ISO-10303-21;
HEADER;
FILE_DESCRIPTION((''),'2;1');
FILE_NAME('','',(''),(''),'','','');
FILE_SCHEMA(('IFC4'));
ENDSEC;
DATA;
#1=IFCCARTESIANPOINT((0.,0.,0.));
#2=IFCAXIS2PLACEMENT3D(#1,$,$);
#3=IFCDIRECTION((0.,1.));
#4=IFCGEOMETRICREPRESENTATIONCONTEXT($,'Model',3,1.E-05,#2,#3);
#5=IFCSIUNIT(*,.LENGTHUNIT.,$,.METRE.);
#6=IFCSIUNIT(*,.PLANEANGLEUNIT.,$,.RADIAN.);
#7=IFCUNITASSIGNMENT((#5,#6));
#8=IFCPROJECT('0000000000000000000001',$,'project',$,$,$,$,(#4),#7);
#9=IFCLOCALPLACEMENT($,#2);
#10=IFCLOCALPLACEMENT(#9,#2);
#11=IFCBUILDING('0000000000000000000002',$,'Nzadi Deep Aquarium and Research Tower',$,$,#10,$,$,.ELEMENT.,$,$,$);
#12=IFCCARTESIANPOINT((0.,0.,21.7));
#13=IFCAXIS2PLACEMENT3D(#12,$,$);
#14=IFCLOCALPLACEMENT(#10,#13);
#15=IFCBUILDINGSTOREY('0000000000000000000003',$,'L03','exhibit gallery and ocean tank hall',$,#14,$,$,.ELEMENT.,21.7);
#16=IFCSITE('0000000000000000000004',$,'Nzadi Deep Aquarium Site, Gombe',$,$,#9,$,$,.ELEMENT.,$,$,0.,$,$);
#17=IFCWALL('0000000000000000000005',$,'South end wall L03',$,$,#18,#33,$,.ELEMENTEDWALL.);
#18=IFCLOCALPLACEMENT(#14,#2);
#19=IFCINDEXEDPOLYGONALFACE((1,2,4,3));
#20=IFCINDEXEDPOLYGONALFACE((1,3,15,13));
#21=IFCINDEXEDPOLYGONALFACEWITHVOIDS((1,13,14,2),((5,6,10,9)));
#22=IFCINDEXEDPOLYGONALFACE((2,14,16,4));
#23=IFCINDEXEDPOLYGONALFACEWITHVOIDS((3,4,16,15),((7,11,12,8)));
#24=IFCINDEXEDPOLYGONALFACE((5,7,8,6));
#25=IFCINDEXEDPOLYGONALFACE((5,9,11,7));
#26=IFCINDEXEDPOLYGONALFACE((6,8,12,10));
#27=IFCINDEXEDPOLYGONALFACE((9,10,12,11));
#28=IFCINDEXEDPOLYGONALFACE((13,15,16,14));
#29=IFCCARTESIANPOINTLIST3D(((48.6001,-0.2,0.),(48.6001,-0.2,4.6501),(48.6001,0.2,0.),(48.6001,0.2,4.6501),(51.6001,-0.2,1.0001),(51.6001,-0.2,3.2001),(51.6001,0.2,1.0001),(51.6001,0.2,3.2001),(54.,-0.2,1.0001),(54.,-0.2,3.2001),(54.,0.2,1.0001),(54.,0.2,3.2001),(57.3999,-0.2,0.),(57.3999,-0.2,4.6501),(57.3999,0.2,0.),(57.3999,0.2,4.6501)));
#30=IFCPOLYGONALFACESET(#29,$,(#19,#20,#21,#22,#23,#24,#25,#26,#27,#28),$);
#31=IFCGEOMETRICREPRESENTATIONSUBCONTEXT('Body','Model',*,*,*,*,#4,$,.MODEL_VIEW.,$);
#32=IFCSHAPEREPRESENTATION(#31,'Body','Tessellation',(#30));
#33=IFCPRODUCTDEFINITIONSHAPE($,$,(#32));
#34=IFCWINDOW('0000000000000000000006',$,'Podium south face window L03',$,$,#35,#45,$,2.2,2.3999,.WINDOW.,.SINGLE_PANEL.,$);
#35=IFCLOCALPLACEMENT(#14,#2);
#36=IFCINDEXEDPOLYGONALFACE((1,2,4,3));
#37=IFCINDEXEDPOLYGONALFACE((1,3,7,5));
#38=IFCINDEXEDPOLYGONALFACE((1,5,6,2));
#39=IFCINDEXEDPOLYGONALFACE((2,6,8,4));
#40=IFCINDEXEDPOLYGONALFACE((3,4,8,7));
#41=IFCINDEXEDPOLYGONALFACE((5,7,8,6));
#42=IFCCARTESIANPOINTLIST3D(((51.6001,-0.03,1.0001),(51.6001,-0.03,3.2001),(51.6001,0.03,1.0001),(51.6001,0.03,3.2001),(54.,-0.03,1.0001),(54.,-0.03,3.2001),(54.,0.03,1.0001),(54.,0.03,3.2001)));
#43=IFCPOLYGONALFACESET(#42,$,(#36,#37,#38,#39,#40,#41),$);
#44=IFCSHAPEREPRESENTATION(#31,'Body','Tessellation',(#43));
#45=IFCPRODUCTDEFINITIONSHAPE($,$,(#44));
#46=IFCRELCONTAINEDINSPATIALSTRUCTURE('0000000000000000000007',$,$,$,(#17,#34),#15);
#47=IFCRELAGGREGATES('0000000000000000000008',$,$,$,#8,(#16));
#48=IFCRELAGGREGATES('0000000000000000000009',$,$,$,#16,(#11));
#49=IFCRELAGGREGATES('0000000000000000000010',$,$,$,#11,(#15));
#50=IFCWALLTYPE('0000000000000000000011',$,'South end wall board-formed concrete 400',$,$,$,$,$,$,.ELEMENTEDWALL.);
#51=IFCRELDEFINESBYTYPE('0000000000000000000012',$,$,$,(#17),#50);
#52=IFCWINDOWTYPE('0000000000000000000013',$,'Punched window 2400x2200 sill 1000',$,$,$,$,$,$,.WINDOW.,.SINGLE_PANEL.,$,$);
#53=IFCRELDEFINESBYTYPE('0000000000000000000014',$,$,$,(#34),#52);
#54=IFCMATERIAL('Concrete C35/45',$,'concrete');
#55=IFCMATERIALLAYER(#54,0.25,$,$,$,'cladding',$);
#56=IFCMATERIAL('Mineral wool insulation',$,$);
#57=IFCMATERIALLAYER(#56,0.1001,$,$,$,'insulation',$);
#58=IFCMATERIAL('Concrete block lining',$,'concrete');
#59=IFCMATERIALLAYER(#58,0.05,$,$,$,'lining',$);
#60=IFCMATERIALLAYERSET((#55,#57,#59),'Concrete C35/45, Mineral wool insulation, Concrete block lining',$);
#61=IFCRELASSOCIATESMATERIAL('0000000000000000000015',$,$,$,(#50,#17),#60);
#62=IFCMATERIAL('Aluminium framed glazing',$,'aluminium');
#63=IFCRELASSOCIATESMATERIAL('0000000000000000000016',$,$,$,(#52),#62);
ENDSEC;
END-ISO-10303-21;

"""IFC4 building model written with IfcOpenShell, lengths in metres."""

from ifc_helpers import new_model, si_unit, direction, frame, frame_2d, origin, place, context, subcontext, project, spatial, rectangle, extrude, material, layer, layer_set, layer_usage, type_object, element, fill, save


model = new_model("IFC4")

# Units and contexts
model_context = context("Model", 3, precision=1e-05, world=origin(), true_north=direction((0.0, 1.0)))
body_context = subcontext(model_context, "Body", "Model", "MODEL_VIEW")
ifc_project = project(units=[si_unit("LENGTHUNIT", "METRE"), si_unit("PLANEANGLEUNIT", "RADIAN")], contexts=[model_context])

# Site, building, storey
site_placement = place(None, origin())
site = spatial("IfcSite", under=ifc_project, at=site_placement, Name="Nzadi Deep Aquarium Site, Gombe", CompositionType="ELEMENT", RefElevation=0.0)
building_placement = place(site_placement, origin())
building = spatial("IfcBuilding", under=site, at=building_placement, Name="Nzadi Deep Aquarium and Research Tower", CompositionType="ELEMENT")
storey_placement = place(building_placement, frame((0.0, 0.0, 21.7)))
storey = spatial("IfcBuildingStorey", under=building, at=storey_placement, Name="L03", Description="exhibit gallery and ocean tank hall", CompositionType="ELEMENT", Elevation=21.7)

# Wall, opening, window
ifc_material_1 = material(Name="Concrete C35/45", Category="concrete")
ifc_layer_1 = layer(ifc_material_1, 0.25, Category="cladding")
ifc_material_2 = material(Name="Mineral wool insulation")
ifc_layer_2 = layer(ifc_material_2, 0.1001, Category="insulation")
ifc_material_3 = material(Name="Concrete block lining", Category="concrete")
ifc_layer_3 = layer(ifc_material_3, 0.05, Category="lining")
ifc_layer_set_1 = layer_set([ifc_layer_1, ifc_layer_2, ifc_layer_3], Name="Concrete C35/45, Mineral wool insulation, Concrete block lining")
ifc_layer_usage = layer_usage(ifc_layer_set_1, "AXIS2", "POSITIVE", -0.2)
wall_type_1 = type_object("IfcWallType", Name="South end wall board-formed concrete 400", PredefinedType="ELEMENTEDWALL", material=ifc_layer_set_1)
wall_1_placement = place(storey_placement, frame((48.6001, 0.0, 0.0), z_axis=(0.0, 0.0, 1.0), x_axis=(1.0, 0.0, 0.0)))
wall_1 = element("IfcWall", 1, at=wall_1_placement, inside=storey, type_object=wall_type_1, material=ifc_layer_usage, Name="South end wall L03", PredefinedType="ELEMENTEDWALL", context=body_context, shape_type="SweptSolid", body=[
    extrude(rectangle(XDim=8.7998, YDim=0.3999, at=frame_2d((4.3999, 0.0))), origin(), (0.0, 0.0, 1.0), 4.6501),
])
opening_1_placement = place(wall_1_placement, frame((3.0, 0.0, 1.0)))
opening_1 = element("IfcOpeningElement", 2, at=opening_1_placement, cuts=wall_1, PredefinedType="OPENING", context=body_context, shape_type="SweptSolid", body=[
    extrude(rectangle(XDim=2.3999, YDim=2.2, at=frame_2d((1.2, 1.1001))), frame((0.0, 0.21, 0.0), z_axis=(0.0, -1.0, 0.0), x_axis=(1.0, 0.0, 0.0)), (0.0, 0.0, 1.0), 0.4199),
])
ifc_material_4 = material(Name="Aluminium framed glazing", Category="aluminium")
window_type = type_object("IfcWindowType", Name="Punched window 2400x2200 sill 1000", PartitioningType="SINGLE_PANEL", PredefinedType="WINDOW", material=ifc_material_4)
window_placement = place(opening_1_placement, origin())
window = element("IfcWindow", 3, at=window_placement, inside=storey, type_object=window_type, Name="Podium south face window L03", OverallHeight=2.2, OverallWidth=2.3999, PartitioningType="SINGLE_PANEL", PredefinedType="WINDOW", context=body_context, shape_type="SweptSolid", body=[
    extrude(rectangle(XDim=2.3999, YDim=2.2, at=frame_2d((1.2, 1.1001))), frame((0.0, 0.03, 0.0), z_axis=(0.0, -1.0, 0.0), x_axis=(1.0, 0.0, 0.0)), (0.0, 0.0, 1.0), 0.0601),
])
fill(opening_1, window)

save(model, "model.ifc")
